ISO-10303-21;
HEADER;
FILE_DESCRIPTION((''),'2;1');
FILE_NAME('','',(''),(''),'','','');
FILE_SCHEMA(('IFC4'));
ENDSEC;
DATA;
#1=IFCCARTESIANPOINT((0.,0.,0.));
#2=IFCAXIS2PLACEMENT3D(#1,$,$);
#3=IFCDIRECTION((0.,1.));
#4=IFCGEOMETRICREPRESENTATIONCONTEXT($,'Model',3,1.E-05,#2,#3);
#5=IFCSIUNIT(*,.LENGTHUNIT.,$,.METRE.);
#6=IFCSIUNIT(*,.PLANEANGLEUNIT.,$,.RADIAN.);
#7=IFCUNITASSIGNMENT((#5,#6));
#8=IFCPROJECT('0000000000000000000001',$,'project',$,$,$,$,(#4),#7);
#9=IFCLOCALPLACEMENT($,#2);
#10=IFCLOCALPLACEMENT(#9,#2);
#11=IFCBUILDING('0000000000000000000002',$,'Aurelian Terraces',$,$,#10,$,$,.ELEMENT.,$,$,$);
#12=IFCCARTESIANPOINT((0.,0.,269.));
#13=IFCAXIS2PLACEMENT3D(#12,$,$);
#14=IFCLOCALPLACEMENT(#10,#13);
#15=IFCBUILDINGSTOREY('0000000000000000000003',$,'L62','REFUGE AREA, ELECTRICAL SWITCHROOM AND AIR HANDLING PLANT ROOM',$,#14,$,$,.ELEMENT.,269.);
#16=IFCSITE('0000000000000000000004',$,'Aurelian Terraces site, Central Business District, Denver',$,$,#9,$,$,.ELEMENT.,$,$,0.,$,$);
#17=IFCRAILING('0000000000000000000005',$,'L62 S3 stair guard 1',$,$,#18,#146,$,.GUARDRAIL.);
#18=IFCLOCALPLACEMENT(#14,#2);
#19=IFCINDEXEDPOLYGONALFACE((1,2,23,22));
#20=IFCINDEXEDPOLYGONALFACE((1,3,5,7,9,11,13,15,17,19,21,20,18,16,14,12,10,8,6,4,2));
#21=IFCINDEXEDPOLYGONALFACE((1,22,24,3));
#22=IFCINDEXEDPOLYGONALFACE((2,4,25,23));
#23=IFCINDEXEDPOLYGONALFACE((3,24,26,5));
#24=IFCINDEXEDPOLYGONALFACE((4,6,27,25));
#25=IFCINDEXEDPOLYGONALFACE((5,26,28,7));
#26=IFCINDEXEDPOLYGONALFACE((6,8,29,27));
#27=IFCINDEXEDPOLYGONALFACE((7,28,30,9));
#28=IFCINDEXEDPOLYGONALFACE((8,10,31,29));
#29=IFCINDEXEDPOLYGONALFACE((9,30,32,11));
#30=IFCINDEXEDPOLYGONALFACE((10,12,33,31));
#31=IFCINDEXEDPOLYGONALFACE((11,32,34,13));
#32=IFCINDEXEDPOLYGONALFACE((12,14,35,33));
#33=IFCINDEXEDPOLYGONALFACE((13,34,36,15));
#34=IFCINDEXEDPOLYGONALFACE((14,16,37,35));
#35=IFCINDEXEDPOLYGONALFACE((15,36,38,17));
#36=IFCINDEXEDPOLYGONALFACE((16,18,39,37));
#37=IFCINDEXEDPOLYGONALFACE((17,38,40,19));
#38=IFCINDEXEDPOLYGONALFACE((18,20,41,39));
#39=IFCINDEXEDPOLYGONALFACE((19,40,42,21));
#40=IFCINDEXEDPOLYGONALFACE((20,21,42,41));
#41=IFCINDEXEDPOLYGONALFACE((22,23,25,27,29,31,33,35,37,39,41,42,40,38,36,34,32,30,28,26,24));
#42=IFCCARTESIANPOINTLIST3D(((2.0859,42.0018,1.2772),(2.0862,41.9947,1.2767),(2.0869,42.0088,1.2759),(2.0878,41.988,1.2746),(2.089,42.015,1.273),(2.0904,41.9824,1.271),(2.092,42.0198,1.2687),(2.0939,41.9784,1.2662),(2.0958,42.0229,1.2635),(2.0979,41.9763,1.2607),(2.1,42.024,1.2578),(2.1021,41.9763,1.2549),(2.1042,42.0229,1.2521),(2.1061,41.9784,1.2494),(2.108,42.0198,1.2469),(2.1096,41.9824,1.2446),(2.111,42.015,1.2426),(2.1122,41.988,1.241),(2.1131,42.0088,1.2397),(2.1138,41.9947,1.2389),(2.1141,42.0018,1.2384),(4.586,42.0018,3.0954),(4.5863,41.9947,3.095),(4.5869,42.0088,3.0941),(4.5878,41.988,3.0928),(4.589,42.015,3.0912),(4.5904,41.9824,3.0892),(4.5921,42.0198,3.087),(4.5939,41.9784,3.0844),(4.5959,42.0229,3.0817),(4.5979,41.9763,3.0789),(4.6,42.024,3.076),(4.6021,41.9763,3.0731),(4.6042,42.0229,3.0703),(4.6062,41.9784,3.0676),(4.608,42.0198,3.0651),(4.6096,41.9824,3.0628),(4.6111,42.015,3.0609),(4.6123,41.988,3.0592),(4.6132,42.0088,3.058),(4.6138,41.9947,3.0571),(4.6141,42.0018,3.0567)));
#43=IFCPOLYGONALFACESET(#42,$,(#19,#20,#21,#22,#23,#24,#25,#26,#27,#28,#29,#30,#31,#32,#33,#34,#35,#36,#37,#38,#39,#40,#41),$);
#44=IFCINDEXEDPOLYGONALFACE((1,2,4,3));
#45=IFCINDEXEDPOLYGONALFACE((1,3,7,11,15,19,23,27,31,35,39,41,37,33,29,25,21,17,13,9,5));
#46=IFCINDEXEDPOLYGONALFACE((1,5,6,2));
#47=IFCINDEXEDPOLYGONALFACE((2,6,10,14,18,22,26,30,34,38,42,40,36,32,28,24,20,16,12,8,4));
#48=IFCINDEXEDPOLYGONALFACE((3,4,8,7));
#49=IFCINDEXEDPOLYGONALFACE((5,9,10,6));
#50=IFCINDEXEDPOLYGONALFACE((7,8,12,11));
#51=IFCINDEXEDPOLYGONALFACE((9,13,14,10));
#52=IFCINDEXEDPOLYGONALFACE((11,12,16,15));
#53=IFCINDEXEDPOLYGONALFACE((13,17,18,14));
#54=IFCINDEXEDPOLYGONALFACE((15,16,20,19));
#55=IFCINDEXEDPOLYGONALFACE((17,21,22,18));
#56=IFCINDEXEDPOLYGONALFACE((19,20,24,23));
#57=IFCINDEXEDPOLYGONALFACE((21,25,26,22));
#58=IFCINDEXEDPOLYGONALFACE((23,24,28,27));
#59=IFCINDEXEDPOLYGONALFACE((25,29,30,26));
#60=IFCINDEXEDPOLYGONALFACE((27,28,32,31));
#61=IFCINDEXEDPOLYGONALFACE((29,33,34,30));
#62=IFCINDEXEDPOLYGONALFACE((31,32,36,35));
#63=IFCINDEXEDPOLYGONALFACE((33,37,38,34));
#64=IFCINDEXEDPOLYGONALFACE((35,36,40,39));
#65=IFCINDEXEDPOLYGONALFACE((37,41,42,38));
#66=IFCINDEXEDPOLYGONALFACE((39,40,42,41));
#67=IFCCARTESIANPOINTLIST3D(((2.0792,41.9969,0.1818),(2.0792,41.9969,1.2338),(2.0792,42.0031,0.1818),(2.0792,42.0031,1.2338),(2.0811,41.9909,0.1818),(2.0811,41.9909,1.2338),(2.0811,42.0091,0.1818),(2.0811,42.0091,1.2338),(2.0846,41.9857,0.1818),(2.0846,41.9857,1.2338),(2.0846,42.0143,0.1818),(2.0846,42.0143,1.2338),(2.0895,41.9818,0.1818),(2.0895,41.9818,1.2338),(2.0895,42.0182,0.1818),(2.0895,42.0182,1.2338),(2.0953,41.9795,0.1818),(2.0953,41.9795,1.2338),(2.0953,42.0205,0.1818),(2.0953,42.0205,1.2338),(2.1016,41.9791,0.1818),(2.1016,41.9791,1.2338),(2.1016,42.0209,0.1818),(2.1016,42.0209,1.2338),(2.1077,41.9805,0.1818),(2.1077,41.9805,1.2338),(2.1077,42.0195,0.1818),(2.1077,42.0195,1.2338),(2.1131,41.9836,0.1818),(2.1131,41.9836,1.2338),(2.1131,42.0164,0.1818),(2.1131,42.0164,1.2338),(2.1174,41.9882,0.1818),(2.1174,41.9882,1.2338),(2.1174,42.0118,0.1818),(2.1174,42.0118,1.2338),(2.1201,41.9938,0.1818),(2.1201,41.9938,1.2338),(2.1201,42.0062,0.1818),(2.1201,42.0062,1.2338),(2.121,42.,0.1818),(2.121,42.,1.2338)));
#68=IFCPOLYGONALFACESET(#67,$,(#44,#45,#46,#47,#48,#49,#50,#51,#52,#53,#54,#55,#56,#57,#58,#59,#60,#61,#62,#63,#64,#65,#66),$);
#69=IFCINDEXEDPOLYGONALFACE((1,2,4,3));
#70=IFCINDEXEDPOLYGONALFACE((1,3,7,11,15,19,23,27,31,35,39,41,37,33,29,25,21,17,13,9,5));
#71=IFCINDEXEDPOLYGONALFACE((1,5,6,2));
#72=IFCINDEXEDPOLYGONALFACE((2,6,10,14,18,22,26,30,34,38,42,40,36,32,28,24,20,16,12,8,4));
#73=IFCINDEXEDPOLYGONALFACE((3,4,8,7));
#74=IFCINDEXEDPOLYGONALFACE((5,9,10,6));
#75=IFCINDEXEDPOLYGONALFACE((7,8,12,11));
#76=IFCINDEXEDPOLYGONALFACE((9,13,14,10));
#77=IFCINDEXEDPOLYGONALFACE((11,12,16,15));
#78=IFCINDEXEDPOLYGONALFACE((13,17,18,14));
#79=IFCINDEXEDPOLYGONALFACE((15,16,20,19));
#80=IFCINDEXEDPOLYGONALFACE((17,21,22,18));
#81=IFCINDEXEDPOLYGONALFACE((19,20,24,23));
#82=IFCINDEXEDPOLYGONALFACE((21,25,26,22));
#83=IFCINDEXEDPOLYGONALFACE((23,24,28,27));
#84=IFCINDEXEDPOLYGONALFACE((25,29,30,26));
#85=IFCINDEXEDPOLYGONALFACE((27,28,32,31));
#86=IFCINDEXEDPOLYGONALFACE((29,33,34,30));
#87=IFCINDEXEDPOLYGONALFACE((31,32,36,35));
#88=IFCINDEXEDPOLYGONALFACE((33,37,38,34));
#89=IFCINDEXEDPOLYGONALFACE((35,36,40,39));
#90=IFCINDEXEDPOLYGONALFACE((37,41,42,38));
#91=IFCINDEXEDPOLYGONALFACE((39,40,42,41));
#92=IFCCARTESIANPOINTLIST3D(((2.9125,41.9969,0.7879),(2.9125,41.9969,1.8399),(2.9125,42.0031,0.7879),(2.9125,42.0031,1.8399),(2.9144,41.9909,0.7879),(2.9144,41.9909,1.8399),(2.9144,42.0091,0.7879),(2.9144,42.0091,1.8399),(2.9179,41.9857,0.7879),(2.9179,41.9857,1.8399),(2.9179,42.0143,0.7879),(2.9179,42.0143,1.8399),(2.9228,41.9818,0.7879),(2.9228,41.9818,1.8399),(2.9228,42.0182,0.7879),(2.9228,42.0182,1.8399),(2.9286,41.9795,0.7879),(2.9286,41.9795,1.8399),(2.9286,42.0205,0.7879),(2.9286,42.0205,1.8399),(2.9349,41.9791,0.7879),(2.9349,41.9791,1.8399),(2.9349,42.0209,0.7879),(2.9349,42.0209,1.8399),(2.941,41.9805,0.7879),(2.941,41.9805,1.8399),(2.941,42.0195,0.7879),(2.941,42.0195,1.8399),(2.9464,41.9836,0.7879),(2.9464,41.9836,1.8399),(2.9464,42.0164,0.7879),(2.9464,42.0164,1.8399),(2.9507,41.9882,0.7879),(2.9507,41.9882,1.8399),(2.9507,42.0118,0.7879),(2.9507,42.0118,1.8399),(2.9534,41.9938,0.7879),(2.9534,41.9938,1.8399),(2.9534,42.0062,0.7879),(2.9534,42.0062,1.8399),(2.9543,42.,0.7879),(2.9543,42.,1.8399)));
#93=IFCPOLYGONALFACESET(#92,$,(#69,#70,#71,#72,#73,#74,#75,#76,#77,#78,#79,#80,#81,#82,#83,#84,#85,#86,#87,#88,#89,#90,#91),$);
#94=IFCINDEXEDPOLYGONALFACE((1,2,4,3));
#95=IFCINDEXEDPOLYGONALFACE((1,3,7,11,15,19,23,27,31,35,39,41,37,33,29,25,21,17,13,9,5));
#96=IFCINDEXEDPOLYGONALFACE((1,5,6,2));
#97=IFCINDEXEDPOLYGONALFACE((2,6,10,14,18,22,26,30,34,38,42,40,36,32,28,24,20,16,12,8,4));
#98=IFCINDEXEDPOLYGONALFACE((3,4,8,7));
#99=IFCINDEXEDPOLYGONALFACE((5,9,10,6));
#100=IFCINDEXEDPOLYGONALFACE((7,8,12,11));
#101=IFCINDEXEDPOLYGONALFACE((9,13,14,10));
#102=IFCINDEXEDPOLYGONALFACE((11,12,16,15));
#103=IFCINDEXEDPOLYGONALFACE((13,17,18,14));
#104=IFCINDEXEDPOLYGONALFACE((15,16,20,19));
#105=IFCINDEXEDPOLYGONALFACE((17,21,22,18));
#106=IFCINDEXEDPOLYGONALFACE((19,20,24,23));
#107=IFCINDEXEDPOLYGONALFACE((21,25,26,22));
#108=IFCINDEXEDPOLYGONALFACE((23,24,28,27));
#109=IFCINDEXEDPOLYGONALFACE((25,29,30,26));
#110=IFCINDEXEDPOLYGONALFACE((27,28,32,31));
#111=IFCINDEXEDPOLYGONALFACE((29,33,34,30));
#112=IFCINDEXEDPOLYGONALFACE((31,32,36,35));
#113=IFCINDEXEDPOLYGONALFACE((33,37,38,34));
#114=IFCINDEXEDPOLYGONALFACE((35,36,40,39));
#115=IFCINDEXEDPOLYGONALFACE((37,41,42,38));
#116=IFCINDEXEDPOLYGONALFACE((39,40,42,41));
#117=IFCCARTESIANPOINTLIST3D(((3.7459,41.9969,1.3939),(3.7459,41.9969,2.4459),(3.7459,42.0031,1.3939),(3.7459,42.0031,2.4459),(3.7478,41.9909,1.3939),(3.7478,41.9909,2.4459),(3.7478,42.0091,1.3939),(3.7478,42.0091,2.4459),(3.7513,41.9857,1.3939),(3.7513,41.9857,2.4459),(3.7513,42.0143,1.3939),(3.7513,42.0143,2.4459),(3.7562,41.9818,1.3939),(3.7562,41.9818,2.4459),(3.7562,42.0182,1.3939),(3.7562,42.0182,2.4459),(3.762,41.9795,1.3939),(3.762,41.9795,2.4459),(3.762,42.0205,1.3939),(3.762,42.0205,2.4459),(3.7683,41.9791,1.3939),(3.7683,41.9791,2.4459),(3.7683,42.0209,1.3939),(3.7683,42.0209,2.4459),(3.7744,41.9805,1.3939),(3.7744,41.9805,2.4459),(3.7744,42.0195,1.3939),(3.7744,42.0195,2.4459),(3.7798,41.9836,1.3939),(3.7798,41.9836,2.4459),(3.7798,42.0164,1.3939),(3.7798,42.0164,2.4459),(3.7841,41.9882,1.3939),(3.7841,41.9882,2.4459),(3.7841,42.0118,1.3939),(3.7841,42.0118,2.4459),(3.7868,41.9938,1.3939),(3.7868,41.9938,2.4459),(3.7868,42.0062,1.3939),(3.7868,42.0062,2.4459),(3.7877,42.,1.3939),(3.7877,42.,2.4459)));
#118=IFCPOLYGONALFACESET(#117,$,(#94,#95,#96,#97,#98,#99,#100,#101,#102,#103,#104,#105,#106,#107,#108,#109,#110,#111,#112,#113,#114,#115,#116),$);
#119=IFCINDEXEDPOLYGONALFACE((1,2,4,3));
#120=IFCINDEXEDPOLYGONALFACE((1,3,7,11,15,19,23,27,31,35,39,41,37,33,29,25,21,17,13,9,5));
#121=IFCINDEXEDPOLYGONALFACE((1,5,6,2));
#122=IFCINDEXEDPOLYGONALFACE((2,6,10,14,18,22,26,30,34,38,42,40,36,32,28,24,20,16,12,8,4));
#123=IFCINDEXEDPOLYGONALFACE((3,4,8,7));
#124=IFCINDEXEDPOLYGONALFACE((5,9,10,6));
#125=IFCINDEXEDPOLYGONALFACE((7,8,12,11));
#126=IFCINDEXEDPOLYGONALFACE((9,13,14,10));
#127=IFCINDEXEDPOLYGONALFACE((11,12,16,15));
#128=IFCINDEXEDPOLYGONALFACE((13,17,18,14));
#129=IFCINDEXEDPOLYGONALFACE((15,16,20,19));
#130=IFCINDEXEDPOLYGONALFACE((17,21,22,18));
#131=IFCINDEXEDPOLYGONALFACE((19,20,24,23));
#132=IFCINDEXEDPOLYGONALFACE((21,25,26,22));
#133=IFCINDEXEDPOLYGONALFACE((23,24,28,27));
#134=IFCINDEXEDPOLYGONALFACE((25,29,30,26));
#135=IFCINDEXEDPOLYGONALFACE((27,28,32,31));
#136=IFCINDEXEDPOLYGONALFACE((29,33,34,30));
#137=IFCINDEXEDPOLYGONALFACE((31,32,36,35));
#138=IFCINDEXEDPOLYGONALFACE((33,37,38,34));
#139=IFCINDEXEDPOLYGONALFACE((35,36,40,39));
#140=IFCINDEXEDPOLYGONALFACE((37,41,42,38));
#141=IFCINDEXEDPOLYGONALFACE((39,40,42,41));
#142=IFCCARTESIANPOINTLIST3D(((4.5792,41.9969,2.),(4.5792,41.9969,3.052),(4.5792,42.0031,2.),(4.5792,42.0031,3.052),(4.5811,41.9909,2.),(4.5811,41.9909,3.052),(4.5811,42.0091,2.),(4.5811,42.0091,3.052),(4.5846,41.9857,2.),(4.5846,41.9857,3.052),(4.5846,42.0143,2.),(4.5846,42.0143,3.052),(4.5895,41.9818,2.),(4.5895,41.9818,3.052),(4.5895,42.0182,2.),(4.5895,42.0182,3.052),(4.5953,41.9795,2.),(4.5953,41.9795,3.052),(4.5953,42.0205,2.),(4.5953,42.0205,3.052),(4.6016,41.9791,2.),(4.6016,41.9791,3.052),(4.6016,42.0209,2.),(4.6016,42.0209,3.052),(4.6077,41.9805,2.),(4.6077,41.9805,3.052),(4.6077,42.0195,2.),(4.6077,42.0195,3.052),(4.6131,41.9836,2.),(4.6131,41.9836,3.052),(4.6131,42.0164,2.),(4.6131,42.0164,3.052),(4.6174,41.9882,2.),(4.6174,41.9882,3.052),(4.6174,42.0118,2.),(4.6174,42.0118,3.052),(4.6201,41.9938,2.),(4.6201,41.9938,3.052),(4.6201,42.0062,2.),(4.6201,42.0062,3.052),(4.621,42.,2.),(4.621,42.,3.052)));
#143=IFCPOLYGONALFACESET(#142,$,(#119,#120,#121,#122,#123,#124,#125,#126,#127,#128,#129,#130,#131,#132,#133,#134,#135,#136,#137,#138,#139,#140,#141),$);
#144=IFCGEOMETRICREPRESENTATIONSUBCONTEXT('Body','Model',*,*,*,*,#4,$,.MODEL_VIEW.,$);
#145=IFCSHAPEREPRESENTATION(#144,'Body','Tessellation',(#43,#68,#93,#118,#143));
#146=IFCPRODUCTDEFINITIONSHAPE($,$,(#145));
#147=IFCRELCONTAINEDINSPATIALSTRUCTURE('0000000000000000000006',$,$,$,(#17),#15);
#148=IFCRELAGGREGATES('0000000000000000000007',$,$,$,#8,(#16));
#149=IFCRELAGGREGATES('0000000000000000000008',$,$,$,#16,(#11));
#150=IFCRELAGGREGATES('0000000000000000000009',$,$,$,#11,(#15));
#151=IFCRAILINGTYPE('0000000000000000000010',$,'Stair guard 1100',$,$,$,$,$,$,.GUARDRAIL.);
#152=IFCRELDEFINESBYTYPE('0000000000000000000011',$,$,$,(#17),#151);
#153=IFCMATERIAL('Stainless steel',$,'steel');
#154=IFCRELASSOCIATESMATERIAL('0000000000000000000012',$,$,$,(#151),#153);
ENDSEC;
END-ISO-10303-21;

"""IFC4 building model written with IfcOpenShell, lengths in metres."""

from ifc_helpers import new_model, si_unit, direction, frame, origin, origin_2d, place, context, subcontext, project, spatial, circle, extrude, source, transform, mapped, material, type_object, element, save


model = new_model("IFC4")

# Units and contexts
model_context = context("Model", 3, precision=1e-05, world=origin(), true_north=direction((0.0, 1.0)))
body_context = subcontext(model_context, "Body", "Model", "MODEL_VIEW")
ifc_project = project(units=[si_unit("LENGTHUNIT", "METRE"), si_unit("PLANEANGLEUNIT", "RADIAN")], contexts=[model_context])

# Site, building, storey
site_placement = place(None, origin())
site = spatial("IfcSite", under=ifc_project, at=site_placement, Name="Aurelian Terraces site, Central Business District, Denver", CompositionType="ELEMENT", RefElevation=0.0)
building_placement = place(site_placement, origin())
building = spatial("IfcBuilding", under=site, at=building_placement, Name="Aurelian Terraces", CompositionType="ELEMENT")
storey_placement = place(building_placement, frame((0.0, 0.0, 269.0)))
storey = spatial("IfcBuildingStorey", under=building, at=storey_placement, Name="L62", Description="REFUGE AREA, ELECTRICAL SWITCHROOM AND AIR HANDLING PLANT ROOM", CompositionType="ELEMENT", Elevation=269.0)

# Railing
ifc_material_1 = material(Name="Stainless steel", Category="steel")
railing_type_1 = type_object("IfcRailingType", Name="Stair guard 1100", PredefinedType="GUARDRAIL", material=ifc_material_1)
shared_shape_1 = source(origin(), body_context, "Body", "SweptSolid", [
    extrude(circle(Radius=0.024, at=origin_2d()), frame((0.0, 0.0, 1.076), z_axis=(0.808733, 0.0, 0.588176), x_axis=(0.0, 1.0, 0.0)), (0.0, 0.0, 1.0), 3.0913),
    extrude(circle(Radius=0.021, at=origin_2d()), origin(), (0.0, 0.0, 1.0), 1.052),
    extrude(circle(Radius=0.021, at=origin_2d()), frame((0.8333, 0.0, 0.6061)), (0.0, 0.0, 1.0), 1.052),
    extrude(circle(Radius=0.021, at=origin_2d()), frame((1.6667, 0.0, 1.2121)), (0.0, 0.0, 1.0), 1.052),
    extrude(circle(Radius=0.021, at=origin_2d()), frame((2.5, 0.0, 1.8182)), (0.0, 0.0, 1.0), 1.052),
])
for number, where, name in (
    (1, (2.1, 42.0, 0.1818), "L62 S3 stair guard 1"),
):
    element("IfcRailing", number, at=place(storey_placement, frame(where)), inside=storey, type_object=railing_type_1, Name=name, PredefinedType="GUARDRAIL", context=body_context, shape_type="MappedRepresentation", body=[
        mapped(shared_shape_1, transform((0.0, 0.0, 0.0), scale=1.0)),
    ])

save(model, "model.ifc")
